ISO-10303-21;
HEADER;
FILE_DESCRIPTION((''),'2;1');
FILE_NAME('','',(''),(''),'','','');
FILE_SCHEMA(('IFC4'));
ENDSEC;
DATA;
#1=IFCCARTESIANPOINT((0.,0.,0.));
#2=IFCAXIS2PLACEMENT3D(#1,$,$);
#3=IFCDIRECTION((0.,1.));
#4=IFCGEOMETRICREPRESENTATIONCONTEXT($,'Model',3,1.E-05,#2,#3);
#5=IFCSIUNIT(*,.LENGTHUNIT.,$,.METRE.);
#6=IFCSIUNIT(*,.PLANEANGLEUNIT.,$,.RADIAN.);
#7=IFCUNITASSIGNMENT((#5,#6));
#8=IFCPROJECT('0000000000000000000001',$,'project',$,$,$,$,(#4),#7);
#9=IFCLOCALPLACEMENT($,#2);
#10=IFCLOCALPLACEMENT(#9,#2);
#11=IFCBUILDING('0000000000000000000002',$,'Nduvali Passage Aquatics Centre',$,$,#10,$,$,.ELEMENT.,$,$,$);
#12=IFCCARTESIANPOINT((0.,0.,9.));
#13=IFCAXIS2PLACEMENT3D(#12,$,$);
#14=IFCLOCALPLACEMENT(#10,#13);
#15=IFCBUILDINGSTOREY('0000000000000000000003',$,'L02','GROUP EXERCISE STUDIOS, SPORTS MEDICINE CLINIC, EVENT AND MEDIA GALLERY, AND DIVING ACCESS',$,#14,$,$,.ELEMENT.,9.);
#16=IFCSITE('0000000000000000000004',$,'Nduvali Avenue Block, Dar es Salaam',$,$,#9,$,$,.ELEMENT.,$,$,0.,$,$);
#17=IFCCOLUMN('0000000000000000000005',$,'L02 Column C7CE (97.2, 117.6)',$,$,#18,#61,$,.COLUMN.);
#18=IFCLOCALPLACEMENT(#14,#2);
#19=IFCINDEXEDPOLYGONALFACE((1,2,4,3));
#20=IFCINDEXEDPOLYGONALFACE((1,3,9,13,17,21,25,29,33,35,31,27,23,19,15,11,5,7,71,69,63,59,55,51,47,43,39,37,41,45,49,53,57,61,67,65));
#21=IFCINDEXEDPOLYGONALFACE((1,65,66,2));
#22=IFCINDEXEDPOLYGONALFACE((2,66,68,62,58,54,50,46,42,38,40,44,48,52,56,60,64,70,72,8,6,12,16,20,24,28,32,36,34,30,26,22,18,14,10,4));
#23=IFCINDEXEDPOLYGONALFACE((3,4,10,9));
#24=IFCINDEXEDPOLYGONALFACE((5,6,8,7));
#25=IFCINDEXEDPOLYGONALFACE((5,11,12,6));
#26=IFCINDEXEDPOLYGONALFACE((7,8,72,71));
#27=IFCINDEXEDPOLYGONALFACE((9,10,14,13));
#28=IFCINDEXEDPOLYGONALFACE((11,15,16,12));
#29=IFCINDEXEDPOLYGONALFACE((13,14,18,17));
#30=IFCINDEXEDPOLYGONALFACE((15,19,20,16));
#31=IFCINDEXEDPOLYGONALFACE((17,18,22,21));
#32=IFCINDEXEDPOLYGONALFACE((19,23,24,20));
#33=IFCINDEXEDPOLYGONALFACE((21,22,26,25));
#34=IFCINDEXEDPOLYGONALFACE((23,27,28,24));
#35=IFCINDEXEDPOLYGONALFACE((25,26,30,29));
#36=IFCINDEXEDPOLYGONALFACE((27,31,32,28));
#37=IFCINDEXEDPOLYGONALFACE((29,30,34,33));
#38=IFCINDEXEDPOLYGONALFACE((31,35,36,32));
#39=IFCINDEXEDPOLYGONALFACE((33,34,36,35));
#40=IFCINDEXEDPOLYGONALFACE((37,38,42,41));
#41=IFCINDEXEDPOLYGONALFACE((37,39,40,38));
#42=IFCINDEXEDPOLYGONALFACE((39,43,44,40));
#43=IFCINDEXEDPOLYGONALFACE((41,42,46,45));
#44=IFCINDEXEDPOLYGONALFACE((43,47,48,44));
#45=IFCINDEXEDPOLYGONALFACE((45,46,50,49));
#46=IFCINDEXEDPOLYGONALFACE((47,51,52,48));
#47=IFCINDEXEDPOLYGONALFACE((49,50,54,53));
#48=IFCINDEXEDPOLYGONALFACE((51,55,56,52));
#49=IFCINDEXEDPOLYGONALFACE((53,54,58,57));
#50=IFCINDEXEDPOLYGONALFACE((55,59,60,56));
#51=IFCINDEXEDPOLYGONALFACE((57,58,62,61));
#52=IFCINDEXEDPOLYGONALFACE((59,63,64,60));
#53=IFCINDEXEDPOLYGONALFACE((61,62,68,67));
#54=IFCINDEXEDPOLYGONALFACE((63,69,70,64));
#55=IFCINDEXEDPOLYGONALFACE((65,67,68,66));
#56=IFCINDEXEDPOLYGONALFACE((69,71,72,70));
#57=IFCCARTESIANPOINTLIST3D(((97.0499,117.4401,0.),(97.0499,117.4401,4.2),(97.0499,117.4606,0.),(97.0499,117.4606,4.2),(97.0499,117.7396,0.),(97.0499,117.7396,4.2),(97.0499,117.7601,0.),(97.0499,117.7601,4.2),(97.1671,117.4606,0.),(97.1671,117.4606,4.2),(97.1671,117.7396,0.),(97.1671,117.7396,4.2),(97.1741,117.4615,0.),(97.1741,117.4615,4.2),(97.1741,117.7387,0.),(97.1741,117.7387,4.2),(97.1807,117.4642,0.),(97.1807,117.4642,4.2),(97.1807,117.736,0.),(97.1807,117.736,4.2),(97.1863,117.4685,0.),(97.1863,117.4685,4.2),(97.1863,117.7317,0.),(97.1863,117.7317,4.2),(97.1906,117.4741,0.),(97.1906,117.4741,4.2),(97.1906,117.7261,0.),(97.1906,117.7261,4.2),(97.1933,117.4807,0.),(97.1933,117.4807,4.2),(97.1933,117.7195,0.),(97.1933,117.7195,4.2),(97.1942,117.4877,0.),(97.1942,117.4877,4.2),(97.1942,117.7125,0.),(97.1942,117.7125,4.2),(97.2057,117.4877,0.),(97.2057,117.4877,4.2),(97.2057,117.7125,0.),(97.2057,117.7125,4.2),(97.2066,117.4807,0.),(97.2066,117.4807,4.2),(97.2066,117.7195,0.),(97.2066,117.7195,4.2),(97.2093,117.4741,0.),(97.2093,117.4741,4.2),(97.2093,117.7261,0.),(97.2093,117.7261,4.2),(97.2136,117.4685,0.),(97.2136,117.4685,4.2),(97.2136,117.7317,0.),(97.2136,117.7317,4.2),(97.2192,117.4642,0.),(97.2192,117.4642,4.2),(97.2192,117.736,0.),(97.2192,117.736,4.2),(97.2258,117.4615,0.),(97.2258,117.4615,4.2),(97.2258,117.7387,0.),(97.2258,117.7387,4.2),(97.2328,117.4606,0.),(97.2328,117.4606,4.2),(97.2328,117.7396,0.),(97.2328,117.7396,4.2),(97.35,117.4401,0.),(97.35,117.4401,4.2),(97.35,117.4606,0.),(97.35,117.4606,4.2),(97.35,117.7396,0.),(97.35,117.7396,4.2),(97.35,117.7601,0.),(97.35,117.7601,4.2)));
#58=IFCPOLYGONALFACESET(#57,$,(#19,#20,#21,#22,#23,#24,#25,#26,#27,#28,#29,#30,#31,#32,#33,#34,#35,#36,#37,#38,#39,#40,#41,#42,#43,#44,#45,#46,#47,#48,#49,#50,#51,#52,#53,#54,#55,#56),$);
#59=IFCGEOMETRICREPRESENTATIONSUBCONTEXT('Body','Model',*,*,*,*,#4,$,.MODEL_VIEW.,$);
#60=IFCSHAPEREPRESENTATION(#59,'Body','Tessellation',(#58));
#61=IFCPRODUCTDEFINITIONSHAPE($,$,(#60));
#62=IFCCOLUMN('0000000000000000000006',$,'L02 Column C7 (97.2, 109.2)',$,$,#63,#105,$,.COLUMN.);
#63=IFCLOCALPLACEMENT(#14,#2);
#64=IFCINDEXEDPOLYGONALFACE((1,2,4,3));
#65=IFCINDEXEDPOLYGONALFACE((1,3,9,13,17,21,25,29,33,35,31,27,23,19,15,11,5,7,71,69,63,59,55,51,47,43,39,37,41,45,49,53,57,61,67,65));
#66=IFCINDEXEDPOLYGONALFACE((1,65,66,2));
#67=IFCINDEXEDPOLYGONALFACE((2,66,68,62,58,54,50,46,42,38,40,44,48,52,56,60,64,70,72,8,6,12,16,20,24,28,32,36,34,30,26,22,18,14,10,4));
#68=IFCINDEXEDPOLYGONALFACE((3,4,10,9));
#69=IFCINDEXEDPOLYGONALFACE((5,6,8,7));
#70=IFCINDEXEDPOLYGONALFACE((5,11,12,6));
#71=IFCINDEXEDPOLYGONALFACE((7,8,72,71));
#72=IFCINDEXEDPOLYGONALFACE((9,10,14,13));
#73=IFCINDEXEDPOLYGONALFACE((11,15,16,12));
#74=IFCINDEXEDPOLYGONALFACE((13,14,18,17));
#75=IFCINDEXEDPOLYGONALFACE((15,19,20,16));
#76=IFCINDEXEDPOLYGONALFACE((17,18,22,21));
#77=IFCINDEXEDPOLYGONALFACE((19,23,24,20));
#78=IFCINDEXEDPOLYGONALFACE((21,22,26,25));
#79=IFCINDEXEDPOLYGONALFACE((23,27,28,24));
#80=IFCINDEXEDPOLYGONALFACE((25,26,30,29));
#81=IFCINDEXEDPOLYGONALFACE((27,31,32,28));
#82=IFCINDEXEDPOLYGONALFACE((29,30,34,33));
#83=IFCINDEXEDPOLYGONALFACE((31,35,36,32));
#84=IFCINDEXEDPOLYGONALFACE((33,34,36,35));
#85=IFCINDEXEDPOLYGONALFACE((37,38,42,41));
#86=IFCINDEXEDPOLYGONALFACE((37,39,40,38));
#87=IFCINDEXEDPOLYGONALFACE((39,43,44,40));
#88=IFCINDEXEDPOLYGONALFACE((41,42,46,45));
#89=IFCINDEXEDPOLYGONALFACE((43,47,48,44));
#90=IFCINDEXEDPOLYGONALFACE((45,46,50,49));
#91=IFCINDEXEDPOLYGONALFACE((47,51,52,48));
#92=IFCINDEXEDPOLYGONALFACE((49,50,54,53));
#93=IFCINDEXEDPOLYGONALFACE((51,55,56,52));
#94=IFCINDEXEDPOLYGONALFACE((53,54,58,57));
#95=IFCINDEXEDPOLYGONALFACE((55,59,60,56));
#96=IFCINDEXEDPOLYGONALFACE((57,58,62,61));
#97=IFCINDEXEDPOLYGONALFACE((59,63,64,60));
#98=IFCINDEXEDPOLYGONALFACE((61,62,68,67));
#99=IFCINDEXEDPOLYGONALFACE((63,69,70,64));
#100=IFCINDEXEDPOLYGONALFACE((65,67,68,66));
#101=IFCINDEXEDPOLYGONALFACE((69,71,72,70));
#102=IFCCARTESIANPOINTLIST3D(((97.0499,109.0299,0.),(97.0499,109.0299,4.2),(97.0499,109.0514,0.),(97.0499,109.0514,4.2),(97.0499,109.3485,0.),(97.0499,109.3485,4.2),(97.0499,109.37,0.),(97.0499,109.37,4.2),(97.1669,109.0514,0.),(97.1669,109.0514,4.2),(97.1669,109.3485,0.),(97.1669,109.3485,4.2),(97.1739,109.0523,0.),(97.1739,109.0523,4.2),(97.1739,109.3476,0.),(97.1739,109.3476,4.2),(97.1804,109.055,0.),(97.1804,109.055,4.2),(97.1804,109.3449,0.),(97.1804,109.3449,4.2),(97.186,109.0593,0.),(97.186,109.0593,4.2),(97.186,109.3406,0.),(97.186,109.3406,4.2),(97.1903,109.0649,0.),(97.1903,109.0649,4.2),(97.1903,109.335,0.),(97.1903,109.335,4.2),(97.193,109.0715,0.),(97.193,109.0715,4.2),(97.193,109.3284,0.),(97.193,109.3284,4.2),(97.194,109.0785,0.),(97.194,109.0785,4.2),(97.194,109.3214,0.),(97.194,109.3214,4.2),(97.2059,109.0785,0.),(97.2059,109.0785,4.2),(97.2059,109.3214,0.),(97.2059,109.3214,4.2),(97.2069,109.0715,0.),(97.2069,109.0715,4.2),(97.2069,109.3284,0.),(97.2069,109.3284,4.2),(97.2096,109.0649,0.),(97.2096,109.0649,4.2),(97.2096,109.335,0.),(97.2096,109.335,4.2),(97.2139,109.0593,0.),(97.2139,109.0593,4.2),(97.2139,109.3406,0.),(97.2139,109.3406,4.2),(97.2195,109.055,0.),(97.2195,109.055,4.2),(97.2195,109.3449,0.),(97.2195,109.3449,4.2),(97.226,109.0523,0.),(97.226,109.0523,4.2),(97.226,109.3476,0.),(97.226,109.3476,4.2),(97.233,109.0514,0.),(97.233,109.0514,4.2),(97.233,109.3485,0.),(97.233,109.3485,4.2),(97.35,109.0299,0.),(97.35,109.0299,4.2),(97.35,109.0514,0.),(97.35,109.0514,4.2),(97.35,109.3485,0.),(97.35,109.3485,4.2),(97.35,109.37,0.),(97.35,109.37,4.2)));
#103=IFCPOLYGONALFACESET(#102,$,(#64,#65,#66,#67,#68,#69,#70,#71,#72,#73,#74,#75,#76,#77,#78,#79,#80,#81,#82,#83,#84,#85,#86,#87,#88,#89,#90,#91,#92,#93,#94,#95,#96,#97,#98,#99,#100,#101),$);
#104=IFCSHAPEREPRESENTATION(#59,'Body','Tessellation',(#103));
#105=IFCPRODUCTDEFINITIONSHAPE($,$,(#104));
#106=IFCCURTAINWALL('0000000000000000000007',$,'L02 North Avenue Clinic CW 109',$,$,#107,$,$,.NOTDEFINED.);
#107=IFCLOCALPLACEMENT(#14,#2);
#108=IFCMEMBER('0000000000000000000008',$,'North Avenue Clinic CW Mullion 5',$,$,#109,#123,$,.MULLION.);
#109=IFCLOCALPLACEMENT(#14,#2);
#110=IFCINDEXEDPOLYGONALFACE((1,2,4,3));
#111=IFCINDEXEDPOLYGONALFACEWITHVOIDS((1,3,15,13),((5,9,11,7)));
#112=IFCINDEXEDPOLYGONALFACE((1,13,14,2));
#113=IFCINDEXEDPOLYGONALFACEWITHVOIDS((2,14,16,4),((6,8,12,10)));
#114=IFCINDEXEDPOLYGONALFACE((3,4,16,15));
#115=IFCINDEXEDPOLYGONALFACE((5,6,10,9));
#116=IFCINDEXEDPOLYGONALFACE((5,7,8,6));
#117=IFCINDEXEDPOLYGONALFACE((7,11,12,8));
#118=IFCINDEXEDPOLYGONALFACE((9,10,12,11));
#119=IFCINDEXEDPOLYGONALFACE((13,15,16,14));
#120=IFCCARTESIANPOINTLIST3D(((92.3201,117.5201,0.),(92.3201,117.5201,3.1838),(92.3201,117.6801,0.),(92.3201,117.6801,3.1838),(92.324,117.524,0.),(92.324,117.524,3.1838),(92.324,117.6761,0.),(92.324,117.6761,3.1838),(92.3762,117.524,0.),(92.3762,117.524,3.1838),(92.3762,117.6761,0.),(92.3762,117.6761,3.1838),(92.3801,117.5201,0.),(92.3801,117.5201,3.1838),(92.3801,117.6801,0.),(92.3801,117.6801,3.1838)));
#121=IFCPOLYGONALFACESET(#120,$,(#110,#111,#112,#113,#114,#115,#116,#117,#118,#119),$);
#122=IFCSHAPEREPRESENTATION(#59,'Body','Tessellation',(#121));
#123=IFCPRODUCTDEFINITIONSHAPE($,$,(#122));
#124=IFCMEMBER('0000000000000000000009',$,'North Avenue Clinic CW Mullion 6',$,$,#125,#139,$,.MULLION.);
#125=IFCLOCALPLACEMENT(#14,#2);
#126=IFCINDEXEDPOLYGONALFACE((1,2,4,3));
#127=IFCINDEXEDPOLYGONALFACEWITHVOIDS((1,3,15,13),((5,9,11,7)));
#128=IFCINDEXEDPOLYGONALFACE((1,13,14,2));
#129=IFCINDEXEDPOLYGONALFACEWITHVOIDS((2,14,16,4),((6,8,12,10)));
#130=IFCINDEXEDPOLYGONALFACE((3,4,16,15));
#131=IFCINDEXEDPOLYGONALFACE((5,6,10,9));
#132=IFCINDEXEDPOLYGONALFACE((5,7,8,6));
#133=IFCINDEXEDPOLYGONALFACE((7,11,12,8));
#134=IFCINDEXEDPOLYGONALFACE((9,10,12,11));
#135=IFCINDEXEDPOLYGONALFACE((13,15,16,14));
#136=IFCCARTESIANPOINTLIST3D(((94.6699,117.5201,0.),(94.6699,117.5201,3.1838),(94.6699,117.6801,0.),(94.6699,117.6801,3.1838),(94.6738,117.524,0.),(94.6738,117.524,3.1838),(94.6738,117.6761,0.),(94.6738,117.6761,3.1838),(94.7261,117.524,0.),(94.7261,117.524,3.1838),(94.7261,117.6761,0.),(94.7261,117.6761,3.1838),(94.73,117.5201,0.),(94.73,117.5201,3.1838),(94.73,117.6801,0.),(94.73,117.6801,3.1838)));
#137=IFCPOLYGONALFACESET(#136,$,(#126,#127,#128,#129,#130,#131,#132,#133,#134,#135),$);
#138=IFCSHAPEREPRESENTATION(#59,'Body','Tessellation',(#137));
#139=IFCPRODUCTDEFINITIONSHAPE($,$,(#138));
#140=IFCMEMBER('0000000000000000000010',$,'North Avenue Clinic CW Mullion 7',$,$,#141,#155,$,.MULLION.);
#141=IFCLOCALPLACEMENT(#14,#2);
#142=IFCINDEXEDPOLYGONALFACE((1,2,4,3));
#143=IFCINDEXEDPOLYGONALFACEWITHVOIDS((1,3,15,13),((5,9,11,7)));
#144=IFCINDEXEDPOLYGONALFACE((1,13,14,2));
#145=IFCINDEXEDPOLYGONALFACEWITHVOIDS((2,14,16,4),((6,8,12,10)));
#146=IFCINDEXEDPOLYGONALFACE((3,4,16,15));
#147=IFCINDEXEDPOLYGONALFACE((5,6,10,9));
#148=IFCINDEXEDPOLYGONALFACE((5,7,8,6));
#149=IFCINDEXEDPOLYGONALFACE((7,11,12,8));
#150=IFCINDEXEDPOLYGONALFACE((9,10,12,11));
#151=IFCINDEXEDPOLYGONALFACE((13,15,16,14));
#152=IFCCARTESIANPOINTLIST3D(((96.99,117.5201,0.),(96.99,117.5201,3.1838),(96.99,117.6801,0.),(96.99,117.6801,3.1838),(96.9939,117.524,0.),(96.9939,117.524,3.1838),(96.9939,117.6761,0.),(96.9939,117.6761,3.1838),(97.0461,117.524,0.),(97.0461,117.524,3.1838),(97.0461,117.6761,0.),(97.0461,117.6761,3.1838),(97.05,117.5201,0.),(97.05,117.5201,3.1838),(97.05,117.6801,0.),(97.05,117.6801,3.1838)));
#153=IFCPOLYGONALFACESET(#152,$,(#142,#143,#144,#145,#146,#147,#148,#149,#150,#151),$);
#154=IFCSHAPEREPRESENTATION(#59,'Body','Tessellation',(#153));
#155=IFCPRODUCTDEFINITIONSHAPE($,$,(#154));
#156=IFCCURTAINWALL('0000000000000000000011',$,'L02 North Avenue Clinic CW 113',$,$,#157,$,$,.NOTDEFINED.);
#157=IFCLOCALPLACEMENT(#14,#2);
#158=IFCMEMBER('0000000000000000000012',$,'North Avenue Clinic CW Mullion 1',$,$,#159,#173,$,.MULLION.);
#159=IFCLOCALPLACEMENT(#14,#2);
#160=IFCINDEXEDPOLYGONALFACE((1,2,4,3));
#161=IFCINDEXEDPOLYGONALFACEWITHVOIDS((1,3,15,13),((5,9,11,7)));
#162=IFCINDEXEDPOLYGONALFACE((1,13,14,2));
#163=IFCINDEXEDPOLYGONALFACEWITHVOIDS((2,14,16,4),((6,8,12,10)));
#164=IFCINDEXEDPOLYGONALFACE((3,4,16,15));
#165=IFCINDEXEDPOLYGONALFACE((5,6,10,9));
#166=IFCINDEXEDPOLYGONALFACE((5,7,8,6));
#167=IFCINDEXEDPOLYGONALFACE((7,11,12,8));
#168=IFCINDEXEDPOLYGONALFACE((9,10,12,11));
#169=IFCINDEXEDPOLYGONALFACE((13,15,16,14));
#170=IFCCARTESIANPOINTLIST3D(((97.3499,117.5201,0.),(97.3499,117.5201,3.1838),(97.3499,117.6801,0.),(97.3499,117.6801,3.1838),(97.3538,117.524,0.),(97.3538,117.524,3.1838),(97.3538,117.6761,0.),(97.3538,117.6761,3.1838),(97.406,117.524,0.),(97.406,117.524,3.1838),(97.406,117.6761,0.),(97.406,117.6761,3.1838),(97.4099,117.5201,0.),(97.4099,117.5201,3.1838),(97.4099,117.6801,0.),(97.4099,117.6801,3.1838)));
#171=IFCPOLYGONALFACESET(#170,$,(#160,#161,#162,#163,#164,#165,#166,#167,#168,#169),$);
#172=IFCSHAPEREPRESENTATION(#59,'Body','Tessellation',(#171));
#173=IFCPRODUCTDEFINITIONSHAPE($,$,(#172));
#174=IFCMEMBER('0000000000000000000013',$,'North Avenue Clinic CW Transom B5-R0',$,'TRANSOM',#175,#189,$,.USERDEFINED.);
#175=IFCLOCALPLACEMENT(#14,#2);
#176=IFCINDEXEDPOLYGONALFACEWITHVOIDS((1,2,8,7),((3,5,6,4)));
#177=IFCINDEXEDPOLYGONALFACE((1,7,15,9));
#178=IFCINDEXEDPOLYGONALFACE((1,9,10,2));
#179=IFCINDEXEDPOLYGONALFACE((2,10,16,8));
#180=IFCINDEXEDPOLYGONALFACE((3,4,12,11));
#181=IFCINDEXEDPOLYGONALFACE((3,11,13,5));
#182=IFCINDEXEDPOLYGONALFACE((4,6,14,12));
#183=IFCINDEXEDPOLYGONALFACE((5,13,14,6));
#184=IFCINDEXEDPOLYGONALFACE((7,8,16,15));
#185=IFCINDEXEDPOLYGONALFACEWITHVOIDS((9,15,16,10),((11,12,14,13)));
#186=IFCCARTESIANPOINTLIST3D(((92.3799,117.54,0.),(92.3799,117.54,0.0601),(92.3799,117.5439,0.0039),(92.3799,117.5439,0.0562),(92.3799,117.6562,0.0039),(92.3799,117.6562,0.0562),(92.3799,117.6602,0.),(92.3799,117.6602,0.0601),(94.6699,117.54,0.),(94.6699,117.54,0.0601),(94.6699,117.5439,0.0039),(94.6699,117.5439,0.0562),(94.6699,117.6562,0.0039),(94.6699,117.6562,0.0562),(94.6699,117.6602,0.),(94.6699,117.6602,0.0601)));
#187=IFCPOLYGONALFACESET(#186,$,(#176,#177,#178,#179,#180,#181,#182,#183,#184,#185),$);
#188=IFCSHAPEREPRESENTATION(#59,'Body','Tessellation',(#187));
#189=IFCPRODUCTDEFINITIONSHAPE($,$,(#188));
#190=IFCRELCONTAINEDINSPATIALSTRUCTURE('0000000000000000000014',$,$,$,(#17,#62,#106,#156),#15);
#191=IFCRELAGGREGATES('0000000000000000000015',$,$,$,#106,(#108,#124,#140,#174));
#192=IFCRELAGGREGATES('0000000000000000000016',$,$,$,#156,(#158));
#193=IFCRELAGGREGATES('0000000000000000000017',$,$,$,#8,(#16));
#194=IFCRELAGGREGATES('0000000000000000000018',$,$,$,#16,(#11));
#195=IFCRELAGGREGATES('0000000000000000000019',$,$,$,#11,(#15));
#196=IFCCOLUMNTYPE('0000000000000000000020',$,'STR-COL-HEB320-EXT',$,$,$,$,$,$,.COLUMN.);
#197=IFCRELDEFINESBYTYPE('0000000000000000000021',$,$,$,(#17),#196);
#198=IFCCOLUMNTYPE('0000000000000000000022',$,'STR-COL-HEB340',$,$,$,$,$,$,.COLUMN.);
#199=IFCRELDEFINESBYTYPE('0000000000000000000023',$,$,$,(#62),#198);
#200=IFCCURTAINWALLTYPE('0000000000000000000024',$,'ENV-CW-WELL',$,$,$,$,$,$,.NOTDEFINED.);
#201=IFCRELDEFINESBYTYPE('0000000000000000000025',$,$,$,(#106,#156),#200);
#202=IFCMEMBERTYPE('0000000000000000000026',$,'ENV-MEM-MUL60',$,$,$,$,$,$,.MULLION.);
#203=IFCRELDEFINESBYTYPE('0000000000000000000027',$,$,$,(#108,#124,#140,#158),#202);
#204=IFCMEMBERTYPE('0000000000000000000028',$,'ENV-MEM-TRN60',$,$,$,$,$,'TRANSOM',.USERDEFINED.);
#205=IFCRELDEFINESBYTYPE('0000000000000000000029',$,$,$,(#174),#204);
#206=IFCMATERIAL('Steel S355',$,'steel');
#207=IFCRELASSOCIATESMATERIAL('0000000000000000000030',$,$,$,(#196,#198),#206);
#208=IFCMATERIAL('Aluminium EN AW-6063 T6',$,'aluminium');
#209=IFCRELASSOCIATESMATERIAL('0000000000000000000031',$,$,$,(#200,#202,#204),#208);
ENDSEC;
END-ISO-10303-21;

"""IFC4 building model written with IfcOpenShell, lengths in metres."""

from ifc_helpers import new_model, si_unit, direction, frame, origin, origin_2d, place, context, subcontext, project, spatial, hollow_rectangle, i_section, extrude, material, material_profile, profile_set, type_object, element, aggregate, save


model = new_model("IFC4")

# Units and contexts
model_context = context("Model", 3, precision=1e-05, world=origin(), true_north=direction((0.0, 1.0)))
body_context = subcontext(model_context, "Body", "Model", "MODEL_VIEW")
ifc_project = project(units=[si_unit("LENGTHUNIT", "METRE"), si_unit("PLANEANGLEUNIT", "RADIAN")], contexts=[model_context])

# Site, building, storey
site_placement = place(None, origin())
site = spatial("IfcSite", under=ifc_project, at=site_placement, Name="Nduvali Avenue Block, Dar es Salaam", CompositionType="ELEMENT", RefElevation=0.0)
building_placement = place(site_placement, origin())
building = spatial("IfcBuilding", under=site, at=building_placement, Name="Nduvali Passage Aquatics Centre", CompositionType="ELEMENT")
storey_placement = place(building_placement, frame((0.0, 0.0, 9.0)))
storey = spatial("IfcBuildingStorey", under=building, at=storey_placement, Name="L02", Description="GROUP EXERCISE STUDIOS, SPORTS MEDICINE CLINIC, EVENT AND MEDIA GALLERY, AND DIVING ACCESS", CompositionType="ELEMENT", Elevation=9.0)

# Columns
ifc_material_1 = material(Name="Steel S355", Category="steel")
ifc_material_profile_1 = material_profile(ifc_material_1, i_section(OverallWidth=0.3, OverallDepth=0.3201, WebThickness=0.0115, FlangeThickness=0.0205, FilletRadius=0.0271, at=origin_2d()), Name="HEB 320")
ifc_profile_set_1 = profile_set([ifc_material_profile_1], Name="Steel S355")
column_type_1 = type_object("IfcColumnType", Name="STR-COL-HEB320-EXT", PredefinedType="COLUMN", material=ifc_profile_set_1)
column_1_placement = place(storey_placement, frame((97.2, 117.6001, 0.0), z_axis=(0.0, 0.0, 1.0), x_axis=(1.0, 0.0, 0.0)))
element("IfcColumn", 1, at=column_1_placement, inside=storey, type_object=column_type_1, Name="L02 Column C7CE (97.2, 117.6)", PredefinedType="COLUMN", context=body_context, shape_type="SweptSolid", body=[
    extrude(i_section(OverallWidth=0.3, OverallDepth=0.3201, WebThickness=0.0115, FlangeThickness=0.0205, FilletRadius=0.0271, at=origin_2d()), origin(), (0.0, 0.0, 1.0), 4.2),
])
ifc_material_profile_2 = material_profile(ifc_material_1, i_section(OverallWidth=0.3, OverallDepth=0.3401, WebThickness=0.012, FlangeThickness=0.0215, FilletRadius=0.0271, at=origin_2d()), Name="HEB 340")
ifc_profile_set_2 = profile_set([ifc_material_profile_2], Name="Steel S355")
column_type_2 = type_object("IfcColumnType", Name="STR-COL-HEB340", PredefinedType="COLUMN", material=ifc_profile_set_2)
column_2_placement = place(storey_placement, frame((97.2, 109.2, 0.0), z_axis=(0.0, 0.0, 1.0), x_axis=(1.0, 0.0, 0.0)))
element("IfcColumn", 2, at=column_2_placement, inside=storey, type_object=column_type_2, Name="L02 Column C7 (97.2, 109.2)", PredefinedType="COLUMN", context=body_context, shape_type="SweptSolid", body=[
    extrude(i_section(OverallWidth=0.3, OverallDepth=0.3401, WebThickness=0.012, FlangeThickness=0.0215, FilletRadius=0.0271, at=origin_2d()), origin(), (0.0, 0.0, 1.0), 4.2),
])

# Curtain wall, members
ifc_material_2 = material(Name="Aluminium EN AW-6063 T6", Category="aluminium")
curtain_wall_type = type_object("IfcCurtainWallType", Name="ENV-CW-WELL", PredefinedType="NOTDEFINED", material=ifc_material_2)
curtain_wall_1_placement = place(storey_placement, origin())
curtain_wall_1 = element("IfcCurtainWall", 3, at=curtain_wall_1_placement, inside=storey, type_object=curtain_wall_type, Name="L02 North Avenue Clinic CW 109", PredefinedType="NOTDEFINED")
ifc_material_profile_3 = material_profile(ifc_material_2, hollow_rectangle(XDim=0.0601, YDim=0.1599, WallThickness=0.0039, at=origin_2d()), Name="ALU MULLION 60x160x4")
ifc_profile_set_3 = profile_set([ifc_material_profile_3], Name="Aluminium EN AW-6063 T6")
member_type_1 = type_object("IfcMemberType", Name="ENV-MEM-MUL60", PredefinedType="MULLION", material=ifc_profile_set_3)
member_1_placement = place(storey_placement, frame((92.3501, 117.6001, 0.0), z_axis=(0.0, 0.0, 1.0), x_axis=(1.0, 0.0, 0.0)))
member_1 = element("IfcMember", 4, at=member_1_placement, type_object=member_type_1, Name="North Avenue Clinic CW Mullion 5", PredefinedType="MULLION", context=body_context, shape_type="SweptSolid", body=[
    extrude(hollow_rectangle(XDim=0.0601, YDim=0.1599, WallThickness=0.0039, at=origin_2d()), origin(), (0.0, 0.0, 1.0), 3.1838),
])
member_2_placement = place(storey_placement, frame((94.7, 117.6001, 0.0), z_axis=(0.0, 0.0, 1.0), x_axis=(1.0, 0.0, 0.0)))
member_2 = element("IfcMember", 5, at=member_2_placement, type_object=member_type_1, Name="North Avenue Clinic CW Mullion 6", PredefinedType="MULLION", context=body_context, shape_type="SweptSolid", body=[
    extrude(hollow_rectangle(XDim=0.0601, YDim=0.1599, WallThickness=0.0039, at=origin_2d()), origin(), (0.0, 0.0, 1.0), 3.1838),
])
member_3_placement = place(storey_placement, frame((97.02, 117.6001, 0.0), z_axis=(0.0, 0.0, 1.0), x_axis=(1.0, 0.0, 0.0)))
member_3 = element("IfcMember", 6, at=member_3_placement, type_object=member_type_1, Name="North Avenue Clinic CW Mullion 7", PredefinedType="MULLION", context=body_context, shape_type="SweptSolid", body=[
    extrude(hollow_rectangle(XDim=0.0601, YDim=0.1599, WallThickness=0.0039, at=origin_2d()), origin(), (0.0, 0.0, 1.0), 3.1838),
])

# Curtain wall, member
curtain_wall_2_placement = place(storey_placement, origin())
curtain_wall_2 = element("IfcCurtainWall", 7, at=curtain_wall_2_placement, inside=storey, type_object=curtain_wall_type, Name="L02 North Avenue Clinic CW 113", PredefinedType="NOTDEFINED")
member_4_placement = place(storey_placement, frame((97.3799, 117.6001, 0.0), z_axis=(0.0, 0.0, 1.0), x_axis=(1.0, 0.0, 0.0)))
member_4 = element("IfcMember", 8, at=member_4_placement, type_object=member_type_1, Name="North Avenue Clinic CW Mullion 1", PredefinedType="MULLION", context=body_context, shape_type="SweptSolid", body=[
    extrude(hollow_rectangle(XDim=0.0601, YDim=0.1599, WallThickness=0.0039, at=origin_2d()), origin(), (0.0, 0.0, 1.0), 3.1838),
])

# Member
ifc_material_profile_4 = material_profile(ifc_material_2, hollow_rectangle(XDim=0.1201, YDim=0.0601, WallThickness=0.0039, at=origin_2d()), Name="ALU TRANSOM 120x60x4")
ifc_profile_set_4 = profile_set([ifc_material_profile_4], Name="Aluminium EN AW-6063 T6")
member_type_2 = type_object("IfcMemberType", Name="ENV-MEM-TRN60", ElementType="TRANSOM", PredefinedType="USERDEFINED", material=ifc_profile_set_4)
member_5_placement = place(storey_placement, frame((92.3799, 117.6001, 0.03), z_axis=(1.0, 0.0, 0.0), x_axis=(0.0, 1.0, 0.0)))
member_5 = element("IfcMember", 9, at=member_5_placement, type_object=member_type_2, Name="North Avenue Clinic CW Transom B5-R0", ObjectType="TRANSOM", PredefinedType="USERDEFINED", context=body_context, shape_type="SweptSolid", body=[
    extrude(hollow_rectangle(XDim=0.1201, YDim=0.0601, WallThickness=0.0039, at=origin_2d()), origin(), (0.0, 0.0, 1.0), 2.29),
])

aggregate(curtain_wall_1, [member_1, member_2, member_3, member_5])
aggregate(curtain_wall_2, [member_4])

save(model, "model.ifc")
